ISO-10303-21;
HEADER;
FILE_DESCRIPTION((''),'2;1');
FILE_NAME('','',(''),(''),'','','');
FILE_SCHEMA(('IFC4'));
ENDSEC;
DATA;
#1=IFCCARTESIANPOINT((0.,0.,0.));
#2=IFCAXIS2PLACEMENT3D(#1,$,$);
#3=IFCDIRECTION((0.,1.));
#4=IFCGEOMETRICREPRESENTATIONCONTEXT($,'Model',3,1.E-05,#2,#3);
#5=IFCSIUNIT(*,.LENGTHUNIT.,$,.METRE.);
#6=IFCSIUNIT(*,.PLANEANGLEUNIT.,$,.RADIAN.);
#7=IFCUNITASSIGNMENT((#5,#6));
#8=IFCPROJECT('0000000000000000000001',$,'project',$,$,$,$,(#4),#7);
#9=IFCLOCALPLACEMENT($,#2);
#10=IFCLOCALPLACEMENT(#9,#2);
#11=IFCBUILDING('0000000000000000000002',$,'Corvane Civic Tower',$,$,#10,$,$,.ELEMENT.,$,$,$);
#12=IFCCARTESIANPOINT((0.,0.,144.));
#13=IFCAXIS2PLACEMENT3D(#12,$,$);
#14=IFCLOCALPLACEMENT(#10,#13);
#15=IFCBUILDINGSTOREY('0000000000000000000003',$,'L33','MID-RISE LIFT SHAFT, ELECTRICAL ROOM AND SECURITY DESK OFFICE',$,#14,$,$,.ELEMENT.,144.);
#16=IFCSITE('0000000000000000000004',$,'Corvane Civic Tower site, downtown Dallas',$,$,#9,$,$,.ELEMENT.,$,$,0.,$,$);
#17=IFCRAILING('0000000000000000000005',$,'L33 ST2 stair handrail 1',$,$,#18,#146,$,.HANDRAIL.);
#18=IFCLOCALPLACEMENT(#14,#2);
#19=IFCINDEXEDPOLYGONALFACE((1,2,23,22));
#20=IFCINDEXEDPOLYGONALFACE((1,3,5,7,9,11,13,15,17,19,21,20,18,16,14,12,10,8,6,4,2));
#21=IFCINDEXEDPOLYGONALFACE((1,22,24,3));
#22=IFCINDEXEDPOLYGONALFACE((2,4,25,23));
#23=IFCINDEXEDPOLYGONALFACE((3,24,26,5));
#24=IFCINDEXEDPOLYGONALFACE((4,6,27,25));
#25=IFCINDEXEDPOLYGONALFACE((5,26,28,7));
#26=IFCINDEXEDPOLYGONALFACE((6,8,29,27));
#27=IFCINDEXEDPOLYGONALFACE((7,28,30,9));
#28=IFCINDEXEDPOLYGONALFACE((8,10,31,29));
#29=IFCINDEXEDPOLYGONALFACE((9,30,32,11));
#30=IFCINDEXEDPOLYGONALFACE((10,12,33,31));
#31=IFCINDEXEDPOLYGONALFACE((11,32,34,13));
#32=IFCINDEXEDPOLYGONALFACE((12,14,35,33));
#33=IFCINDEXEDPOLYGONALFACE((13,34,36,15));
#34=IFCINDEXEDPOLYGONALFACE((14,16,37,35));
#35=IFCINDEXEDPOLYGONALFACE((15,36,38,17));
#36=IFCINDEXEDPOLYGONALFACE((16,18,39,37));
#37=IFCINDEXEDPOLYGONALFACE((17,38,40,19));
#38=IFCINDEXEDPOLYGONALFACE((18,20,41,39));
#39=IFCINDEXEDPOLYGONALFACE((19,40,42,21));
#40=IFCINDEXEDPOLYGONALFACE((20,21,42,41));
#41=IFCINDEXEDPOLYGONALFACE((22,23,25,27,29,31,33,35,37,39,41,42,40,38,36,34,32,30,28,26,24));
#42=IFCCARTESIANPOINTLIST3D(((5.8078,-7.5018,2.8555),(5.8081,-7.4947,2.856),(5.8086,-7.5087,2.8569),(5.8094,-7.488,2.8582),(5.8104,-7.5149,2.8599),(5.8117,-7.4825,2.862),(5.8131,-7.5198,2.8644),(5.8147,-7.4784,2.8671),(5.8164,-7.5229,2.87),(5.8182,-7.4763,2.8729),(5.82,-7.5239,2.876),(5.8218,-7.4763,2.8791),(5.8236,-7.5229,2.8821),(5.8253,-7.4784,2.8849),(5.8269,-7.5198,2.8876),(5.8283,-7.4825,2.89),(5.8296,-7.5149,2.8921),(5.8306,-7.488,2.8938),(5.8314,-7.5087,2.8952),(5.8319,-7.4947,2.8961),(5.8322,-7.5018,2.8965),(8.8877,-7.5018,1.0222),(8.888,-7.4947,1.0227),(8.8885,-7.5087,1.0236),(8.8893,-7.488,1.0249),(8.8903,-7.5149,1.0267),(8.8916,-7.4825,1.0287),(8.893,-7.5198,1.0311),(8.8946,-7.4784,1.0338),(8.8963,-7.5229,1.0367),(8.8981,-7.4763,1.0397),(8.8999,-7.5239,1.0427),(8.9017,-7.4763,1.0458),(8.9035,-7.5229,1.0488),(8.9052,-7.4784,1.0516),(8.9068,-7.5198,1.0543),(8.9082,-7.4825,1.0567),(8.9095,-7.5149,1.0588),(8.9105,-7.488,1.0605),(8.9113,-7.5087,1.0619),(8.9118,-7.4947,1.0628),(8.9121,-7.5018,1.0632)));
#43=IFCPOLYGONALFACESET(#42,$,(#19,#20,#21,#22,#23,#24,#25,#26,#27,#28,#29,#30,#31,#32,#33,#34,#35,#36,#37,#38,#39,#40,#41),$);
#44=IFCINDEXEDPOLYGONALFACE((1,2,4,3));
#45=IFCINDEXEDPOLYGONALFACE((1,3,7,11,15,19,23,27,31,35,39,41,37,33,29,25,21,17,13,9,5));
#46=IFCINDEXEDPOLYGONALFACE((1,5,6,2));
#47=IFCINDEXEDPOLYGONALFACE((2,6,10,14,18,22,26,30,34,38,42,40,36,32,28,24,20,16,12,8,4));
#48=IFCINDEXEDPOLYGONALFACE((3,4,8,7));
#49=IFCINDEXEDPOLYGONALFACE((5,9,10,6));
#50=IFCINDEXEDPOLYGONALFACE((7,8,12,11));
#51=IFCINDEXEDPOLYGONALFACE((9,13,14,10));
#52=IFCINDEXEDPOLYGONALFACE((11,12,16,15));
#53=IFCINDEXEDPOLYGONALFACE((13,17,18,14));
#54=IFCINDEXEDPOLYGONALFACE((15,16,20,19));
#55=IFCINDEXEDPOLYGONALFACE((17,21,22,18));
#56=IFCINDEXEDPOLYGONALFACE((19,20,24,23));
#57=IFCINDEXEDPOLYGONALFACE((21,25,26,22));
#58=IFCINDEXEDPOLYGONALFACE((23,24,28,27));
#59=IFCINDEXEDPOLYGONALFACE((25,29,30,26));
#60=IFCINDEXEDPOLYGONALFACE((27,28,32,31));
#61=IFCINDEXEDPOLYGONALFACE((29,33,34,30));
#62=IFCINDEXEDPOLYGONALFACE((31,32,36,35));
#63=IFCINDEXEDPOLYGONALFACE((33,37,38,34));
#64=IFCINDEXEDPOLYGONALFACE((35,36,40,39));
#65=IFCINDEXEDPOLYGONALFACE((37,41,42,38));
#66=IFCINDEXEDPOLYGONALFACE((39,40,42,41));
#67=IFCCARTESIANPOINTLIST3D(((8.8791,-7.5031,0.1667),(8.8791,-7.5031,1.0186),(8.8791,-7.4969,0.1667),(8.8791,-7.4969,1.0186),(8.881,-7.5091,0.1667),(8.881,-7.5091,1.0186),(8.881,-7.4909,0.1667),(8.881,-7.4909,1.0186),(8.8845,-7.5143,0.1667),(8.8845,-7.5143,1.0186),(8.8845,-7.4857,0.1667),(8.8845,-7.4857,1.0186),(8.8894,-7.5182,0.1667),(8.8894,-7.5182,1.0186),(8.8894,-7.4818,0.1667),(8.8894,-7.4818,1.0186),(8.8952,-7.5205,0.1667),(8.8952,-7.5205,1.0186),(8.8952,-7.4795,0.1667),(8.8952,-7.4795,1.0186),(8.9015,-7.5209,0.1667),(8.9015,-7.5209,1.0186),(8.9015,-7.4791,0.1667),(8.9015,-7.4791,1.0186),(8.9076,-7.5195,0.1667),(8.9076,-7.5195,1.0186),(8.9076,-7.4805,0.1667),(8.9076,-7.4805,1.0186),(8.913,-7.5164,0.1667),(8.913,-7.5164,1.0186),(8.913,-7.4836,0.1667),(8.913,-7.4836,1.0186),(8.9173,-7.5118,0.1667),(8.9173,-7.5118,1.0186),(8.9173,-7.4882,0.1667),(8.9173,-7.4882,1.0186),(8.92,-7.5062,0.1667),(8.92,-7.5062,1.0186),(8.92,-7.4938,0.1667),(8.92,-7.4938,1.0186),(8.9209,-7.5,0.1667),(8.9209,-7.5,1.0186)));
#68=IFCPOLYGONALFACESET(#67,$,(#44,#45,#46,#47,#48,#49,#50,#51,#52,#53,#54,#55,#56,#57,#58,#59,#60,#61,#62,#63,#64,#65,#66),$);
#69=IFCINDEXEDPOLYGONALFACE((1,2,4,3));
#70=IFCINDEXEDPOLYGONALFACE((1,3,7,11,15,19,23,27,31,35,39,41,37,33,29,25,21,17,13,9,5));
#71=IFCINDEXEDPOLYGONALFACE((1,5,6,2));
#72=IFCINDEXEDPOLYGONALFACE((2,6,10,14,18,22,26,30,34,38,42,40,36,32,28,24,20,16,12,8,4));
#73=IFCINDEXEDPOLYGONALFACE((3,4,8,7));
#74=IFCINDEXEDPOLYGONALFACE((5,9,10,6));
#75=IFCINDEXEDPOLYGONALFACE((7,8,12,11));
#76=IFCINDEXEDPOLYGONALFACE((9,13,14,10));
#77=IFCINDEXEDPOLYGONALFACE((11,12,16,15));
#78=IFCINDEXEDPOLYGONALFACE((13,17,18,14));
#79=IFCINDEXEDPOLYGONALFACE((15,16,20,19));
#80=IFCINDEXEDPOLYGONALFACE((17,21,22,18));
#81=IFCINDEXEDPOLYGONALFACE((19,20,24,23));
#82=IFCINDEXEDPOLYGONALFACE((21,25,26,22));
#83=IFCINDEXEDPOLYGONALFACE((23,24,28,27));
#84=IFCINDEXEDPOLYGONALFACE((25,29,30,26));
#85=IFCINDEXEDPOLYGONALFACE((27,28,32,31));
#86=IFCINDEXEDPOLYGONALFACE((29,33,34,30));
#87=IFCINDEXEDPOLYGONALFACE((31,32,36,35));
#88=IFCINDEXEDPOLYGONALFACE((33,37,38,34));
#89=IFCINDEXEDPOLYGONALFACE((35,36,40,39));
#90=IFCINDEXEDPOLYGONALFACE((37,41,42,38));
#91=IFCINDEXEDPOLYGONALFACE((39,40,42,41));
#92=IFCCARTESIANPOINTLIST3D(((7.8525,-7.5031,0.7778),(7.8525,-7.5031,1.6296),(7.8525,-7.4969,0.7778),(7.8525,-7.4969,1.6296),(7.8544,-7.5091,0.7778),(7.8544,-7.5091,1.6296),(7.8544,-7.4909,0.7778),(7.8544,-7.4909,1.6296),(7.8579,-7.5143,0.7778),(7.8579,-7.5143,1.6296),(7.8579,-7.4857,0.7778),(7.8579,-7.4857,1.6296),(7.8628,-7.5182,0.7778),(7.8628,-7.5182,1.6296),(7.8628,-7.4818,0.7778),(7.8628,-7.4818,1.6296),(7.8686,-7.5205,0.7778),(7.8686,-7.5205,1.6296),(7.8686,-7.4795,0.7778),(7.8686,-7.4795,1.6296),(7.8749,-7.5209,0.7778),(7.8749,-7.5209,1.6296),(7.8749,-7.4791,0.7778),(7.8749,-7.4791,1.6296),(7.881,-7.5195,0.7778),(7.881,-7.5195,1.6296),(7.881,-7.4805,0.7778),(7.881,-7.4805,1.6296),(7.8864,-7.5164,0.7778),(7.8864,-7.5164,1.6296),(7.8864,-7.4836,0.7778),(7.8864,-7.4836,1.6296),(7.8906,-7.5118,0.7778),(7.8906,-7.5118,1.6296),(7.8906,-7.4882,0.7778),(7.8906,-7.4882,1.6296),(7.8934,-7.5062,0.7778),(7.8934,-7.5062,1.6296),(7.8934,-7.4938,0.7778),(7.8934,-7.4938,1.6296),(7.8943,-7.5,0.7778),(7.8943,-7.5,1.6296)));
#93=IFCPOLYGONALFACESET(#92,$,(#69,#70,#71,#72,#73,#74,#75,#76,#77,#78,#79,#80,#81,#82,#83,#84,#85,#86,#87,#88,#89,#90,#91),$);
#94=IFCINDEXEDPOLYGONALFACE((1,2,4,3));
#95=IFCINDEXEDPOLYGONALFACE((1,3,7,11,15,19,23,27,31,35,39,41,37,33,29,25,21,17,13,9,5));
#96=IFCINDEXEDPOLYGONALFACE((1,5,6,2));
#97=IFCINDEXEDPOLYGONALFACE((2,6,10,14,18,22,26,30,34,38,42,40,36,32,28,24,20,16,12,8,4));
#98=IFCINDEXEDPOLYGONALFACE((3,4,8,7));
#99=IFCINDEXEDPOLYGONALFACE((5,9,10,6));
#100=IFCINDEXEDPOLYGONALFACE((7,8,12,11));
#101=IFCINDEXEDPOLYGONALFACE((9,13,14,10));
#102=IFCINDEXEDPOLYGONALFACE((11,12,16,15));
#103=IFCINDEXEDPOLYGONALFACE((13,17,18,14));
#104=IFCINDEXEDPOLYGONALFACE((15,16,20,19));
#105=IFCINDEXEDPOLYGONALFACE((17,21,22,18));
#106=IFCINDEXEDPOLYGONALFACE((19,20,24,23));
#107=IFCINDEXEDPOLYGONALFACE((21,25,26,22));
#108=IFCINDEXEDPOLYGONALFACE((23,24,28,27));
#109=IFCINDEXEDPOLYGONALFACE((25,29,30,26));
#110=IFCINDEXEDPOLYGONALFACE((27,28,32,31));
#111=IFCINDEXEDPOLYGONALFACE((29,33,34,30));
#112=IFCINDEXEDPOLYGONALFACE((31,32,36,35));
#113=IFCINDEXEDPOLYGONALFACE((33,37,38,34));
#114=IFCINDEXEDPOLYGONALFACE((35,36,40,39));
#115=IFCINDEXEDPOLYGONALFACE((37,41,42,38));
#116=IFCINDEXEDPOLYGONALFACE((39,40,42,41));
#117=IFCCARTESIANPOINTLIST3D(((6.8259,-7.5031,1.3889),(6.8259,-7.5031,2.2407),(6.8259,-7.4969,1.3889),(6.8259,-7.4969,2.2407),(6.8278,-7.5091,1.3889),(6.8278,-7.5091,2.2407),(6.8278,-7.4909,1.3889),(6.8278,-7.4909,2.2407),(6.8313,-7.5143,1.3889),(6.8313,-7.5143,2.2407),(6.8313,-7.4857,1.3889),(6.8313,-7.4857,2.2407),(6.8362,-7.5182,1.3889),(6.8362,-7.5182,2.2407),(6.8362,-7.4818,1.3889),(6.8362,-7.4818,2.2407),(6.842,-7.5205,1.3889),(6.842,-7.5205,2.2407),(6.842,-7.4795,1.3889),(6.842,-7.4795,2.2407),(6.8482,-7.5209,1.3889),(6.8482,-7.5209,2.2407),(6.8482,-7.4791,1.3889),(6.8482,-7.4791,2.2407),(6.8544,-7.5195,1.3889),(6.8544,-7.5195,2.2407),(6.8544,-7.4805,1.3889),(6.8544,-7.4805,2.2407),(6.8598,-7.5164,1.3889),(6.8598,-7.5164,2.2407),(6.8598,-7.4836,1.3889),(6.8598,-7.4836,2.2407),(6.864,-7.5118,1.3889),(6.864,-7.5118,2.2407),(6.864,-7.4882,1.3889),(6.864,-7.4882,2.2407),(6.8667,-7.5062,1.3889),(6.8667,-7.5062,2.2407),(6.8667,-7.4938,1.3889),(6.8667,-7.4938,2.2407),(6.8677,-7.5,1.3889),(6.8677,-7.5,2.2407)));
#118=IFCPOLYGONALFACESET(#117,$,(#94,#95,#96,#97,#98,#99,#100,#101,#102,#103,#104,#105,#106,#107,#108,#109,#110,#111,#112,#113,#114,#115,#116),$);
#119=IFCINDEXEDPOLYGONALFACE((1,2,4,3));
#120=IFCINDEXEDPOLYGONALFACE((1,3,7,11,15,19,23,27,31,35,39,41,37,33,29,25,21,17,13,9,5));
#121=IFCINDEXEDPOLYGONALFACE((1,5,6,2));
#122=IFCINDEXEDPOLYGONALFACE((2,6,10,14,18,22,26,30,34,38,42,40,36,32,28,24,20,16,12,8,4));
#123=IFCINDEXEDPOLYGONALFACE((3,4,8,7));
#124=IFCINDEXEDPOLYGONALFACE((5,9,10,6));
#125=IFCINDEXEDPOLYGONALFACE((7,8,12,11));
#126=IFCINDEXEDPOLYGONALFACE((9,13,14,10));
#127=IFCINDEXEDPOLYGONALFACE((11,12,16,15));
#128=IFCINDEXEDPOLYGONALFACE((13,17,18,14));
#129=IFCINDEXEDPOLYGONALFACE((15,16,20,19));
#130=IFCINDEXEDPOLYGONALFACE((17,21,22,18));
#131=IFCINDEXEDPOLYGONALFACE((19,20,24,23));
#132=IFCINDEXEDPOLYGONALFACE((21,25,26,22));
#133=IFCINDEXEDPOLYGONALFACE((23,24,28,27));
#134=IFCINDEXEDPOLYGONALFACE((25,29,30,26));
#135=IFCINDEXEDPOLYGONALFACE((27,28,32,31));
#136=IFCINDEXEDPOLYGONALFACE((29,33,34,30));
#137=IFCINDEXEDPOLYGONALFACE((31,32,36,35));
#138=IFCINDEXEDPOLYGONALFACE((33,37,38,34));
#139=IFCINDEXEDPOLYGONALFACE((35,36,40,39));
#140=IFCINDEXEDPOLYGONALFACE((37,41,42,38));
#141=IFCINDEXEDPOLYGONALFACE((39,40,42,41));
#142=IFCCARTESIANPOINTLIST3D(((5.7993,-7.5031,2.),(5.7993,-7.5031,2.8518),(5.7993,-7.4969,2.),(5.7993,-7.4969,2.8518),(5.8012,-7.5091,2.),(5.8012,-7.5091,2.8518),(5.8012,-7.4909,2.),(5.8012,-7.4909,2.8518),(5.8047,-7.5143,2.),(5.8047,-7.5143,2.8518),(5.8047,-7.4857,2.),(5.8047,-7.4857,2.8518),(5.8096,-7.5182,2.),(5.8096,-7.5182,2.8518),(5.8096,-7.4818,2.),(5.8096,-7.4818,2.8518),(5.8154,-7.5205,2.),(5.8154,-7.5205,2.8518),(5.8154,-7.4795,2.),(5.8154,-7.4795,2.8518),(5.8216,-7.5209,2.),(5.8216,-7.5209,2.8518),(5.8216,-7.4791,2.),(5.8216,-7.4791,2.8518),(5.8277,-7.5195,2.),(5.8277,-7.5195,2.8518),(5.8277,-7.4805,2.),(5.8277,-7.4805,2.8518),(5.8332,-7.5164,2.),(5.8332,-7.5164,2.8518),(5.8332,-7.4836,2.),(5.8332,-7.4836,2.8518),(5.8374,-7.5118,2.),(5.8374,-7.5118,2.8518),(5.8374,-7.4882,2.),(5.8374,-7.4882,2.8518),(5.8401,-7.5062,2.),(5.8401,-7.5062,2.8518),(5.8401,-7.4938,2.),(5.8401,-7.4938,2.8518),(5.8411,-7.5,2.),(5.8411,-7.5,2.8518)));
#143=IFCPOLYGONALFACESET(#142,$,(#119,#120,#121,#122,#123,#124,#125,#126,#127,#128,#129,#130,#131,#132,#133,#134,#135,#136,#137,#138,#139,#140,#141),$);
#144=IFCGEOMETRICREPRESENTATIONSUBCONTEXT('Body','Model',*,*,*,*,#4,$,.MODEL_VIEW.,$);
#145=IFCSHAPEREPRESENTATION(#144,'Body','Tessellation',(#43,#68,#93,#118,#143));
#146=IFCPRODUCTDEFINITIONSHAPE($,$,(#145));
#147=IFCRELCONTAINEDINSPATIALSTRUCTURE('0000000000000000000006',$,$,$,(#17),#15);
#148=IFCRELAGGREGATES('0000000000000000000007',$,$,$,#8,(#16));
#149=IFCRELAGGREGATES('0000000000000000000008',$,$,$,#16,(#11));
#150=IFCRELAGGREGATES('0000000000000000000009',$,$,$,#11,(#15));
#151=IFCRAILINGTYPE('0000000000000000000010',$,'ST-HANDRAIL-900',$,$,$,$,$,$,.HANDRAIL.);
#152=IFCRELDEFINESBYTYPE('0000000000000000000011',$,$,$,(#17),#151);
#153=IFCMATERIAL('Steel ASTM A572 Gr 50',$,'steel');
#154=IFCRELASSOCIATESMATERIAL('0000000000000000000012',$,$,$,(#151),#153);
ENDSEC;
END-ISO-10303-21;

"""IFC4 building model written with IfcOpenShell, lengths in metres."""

from ifc_helpers import new_model, si_unit, direction, frame, origin, origin_2d, place, context, subcontext, project, spatial, circle, extrude, material, type_object, element, save


model = new_model("IFC4")

# Units and contexts
model_context = context("Model", 3, precision=1e-05, world=origin(), true_north=direction((0.0, 1.0)))
body_context = subcontext(model_context, "Body", "Model", "MODEL_VIEW")
ifc_project = project(units=[si_unit("LENGTHUNIT", "METRE"), si_unit("PLANEANGLEUNIT", "RADIAN")], contexts=[model_context])

# Site, building, storey
site_placement = place(None, origin())
site = spatial("IfcSite", under=ifc_project, at=site_placement, Name="Corvane Civic Tower site, downtown Dallas", CompositionType="ELEMENT", RefElevation=0.0)
building_placement = place(site_placement, origin())
building = spatial("IfcBuilding", under=site, at=building_placement, Name="Corvane Civic Tower", CompositionType="ELEMENT")
storey_placement = place(building_placement, frame((0.0, 0.0, 144.0)))
storey = spatial("IfcBuildingStorey", under=building, at=storey_placement, Name="L33", Description="MID-RISE LIFT SHAFT, ELECTRICAL ROOM AND SECURITY DESK OFFICE", CompositionType="ELEMENT", Elevation=144.0)

# Railing
ifc_material_1 = material(Name="Steel ASTM A572 Gr 50", Category="steel")
railing_type_1 = type_object("IfcRailingType", Name="ST-HANDRAIL-900", PredefinedType="HANDRAIL", material=ifc_material_1)
railing_1_placement = place(storey_placement, frame((8.8999, -7.5, 0.1667)))
element("IfcRailing", 1, at=railing_1_placement, inside=storey, type_object=railing_type_1, Name="L33 ST2 stair handrail 1", PredefinedType="HANDRAIL", context=body_context, shape_type="SweptSolid", body=[
    extrude(circle(Radius=0.0239, at=origin_2d()), frame((0.0, 0.0, 0.876), z_axis=(-0.859291, 0.0, 0.511487), x_axis=(0.0, -1.0, 0.0)), (0.0, 0.0, 1.0), 3.5842),
    extrude(circle(Radius=0.021, at=origin_2d()), origin(), (0.0, 0.0, 1.0), 0.8518),
    extrude(circle(Radius=0.021, at=origin_2d()), frame((-1.0266, 0.0, 0.6111)), (0.0, 0.0, 1.0), 0.8518),
    extrude(circle(Radius=0.021, at=origin_2d()), frame((-2.0532, 0.0, 1.2222)), (0.0, 0.0, 1.0), 0.8518),
    extrude(circle(Radius=0.021, at=origin_2d()), frame((-3.0798, 0.0, 1.8333)), (0.0, 0.0, 1.0), 0.8518),
])

save(model, "model.ifc")
